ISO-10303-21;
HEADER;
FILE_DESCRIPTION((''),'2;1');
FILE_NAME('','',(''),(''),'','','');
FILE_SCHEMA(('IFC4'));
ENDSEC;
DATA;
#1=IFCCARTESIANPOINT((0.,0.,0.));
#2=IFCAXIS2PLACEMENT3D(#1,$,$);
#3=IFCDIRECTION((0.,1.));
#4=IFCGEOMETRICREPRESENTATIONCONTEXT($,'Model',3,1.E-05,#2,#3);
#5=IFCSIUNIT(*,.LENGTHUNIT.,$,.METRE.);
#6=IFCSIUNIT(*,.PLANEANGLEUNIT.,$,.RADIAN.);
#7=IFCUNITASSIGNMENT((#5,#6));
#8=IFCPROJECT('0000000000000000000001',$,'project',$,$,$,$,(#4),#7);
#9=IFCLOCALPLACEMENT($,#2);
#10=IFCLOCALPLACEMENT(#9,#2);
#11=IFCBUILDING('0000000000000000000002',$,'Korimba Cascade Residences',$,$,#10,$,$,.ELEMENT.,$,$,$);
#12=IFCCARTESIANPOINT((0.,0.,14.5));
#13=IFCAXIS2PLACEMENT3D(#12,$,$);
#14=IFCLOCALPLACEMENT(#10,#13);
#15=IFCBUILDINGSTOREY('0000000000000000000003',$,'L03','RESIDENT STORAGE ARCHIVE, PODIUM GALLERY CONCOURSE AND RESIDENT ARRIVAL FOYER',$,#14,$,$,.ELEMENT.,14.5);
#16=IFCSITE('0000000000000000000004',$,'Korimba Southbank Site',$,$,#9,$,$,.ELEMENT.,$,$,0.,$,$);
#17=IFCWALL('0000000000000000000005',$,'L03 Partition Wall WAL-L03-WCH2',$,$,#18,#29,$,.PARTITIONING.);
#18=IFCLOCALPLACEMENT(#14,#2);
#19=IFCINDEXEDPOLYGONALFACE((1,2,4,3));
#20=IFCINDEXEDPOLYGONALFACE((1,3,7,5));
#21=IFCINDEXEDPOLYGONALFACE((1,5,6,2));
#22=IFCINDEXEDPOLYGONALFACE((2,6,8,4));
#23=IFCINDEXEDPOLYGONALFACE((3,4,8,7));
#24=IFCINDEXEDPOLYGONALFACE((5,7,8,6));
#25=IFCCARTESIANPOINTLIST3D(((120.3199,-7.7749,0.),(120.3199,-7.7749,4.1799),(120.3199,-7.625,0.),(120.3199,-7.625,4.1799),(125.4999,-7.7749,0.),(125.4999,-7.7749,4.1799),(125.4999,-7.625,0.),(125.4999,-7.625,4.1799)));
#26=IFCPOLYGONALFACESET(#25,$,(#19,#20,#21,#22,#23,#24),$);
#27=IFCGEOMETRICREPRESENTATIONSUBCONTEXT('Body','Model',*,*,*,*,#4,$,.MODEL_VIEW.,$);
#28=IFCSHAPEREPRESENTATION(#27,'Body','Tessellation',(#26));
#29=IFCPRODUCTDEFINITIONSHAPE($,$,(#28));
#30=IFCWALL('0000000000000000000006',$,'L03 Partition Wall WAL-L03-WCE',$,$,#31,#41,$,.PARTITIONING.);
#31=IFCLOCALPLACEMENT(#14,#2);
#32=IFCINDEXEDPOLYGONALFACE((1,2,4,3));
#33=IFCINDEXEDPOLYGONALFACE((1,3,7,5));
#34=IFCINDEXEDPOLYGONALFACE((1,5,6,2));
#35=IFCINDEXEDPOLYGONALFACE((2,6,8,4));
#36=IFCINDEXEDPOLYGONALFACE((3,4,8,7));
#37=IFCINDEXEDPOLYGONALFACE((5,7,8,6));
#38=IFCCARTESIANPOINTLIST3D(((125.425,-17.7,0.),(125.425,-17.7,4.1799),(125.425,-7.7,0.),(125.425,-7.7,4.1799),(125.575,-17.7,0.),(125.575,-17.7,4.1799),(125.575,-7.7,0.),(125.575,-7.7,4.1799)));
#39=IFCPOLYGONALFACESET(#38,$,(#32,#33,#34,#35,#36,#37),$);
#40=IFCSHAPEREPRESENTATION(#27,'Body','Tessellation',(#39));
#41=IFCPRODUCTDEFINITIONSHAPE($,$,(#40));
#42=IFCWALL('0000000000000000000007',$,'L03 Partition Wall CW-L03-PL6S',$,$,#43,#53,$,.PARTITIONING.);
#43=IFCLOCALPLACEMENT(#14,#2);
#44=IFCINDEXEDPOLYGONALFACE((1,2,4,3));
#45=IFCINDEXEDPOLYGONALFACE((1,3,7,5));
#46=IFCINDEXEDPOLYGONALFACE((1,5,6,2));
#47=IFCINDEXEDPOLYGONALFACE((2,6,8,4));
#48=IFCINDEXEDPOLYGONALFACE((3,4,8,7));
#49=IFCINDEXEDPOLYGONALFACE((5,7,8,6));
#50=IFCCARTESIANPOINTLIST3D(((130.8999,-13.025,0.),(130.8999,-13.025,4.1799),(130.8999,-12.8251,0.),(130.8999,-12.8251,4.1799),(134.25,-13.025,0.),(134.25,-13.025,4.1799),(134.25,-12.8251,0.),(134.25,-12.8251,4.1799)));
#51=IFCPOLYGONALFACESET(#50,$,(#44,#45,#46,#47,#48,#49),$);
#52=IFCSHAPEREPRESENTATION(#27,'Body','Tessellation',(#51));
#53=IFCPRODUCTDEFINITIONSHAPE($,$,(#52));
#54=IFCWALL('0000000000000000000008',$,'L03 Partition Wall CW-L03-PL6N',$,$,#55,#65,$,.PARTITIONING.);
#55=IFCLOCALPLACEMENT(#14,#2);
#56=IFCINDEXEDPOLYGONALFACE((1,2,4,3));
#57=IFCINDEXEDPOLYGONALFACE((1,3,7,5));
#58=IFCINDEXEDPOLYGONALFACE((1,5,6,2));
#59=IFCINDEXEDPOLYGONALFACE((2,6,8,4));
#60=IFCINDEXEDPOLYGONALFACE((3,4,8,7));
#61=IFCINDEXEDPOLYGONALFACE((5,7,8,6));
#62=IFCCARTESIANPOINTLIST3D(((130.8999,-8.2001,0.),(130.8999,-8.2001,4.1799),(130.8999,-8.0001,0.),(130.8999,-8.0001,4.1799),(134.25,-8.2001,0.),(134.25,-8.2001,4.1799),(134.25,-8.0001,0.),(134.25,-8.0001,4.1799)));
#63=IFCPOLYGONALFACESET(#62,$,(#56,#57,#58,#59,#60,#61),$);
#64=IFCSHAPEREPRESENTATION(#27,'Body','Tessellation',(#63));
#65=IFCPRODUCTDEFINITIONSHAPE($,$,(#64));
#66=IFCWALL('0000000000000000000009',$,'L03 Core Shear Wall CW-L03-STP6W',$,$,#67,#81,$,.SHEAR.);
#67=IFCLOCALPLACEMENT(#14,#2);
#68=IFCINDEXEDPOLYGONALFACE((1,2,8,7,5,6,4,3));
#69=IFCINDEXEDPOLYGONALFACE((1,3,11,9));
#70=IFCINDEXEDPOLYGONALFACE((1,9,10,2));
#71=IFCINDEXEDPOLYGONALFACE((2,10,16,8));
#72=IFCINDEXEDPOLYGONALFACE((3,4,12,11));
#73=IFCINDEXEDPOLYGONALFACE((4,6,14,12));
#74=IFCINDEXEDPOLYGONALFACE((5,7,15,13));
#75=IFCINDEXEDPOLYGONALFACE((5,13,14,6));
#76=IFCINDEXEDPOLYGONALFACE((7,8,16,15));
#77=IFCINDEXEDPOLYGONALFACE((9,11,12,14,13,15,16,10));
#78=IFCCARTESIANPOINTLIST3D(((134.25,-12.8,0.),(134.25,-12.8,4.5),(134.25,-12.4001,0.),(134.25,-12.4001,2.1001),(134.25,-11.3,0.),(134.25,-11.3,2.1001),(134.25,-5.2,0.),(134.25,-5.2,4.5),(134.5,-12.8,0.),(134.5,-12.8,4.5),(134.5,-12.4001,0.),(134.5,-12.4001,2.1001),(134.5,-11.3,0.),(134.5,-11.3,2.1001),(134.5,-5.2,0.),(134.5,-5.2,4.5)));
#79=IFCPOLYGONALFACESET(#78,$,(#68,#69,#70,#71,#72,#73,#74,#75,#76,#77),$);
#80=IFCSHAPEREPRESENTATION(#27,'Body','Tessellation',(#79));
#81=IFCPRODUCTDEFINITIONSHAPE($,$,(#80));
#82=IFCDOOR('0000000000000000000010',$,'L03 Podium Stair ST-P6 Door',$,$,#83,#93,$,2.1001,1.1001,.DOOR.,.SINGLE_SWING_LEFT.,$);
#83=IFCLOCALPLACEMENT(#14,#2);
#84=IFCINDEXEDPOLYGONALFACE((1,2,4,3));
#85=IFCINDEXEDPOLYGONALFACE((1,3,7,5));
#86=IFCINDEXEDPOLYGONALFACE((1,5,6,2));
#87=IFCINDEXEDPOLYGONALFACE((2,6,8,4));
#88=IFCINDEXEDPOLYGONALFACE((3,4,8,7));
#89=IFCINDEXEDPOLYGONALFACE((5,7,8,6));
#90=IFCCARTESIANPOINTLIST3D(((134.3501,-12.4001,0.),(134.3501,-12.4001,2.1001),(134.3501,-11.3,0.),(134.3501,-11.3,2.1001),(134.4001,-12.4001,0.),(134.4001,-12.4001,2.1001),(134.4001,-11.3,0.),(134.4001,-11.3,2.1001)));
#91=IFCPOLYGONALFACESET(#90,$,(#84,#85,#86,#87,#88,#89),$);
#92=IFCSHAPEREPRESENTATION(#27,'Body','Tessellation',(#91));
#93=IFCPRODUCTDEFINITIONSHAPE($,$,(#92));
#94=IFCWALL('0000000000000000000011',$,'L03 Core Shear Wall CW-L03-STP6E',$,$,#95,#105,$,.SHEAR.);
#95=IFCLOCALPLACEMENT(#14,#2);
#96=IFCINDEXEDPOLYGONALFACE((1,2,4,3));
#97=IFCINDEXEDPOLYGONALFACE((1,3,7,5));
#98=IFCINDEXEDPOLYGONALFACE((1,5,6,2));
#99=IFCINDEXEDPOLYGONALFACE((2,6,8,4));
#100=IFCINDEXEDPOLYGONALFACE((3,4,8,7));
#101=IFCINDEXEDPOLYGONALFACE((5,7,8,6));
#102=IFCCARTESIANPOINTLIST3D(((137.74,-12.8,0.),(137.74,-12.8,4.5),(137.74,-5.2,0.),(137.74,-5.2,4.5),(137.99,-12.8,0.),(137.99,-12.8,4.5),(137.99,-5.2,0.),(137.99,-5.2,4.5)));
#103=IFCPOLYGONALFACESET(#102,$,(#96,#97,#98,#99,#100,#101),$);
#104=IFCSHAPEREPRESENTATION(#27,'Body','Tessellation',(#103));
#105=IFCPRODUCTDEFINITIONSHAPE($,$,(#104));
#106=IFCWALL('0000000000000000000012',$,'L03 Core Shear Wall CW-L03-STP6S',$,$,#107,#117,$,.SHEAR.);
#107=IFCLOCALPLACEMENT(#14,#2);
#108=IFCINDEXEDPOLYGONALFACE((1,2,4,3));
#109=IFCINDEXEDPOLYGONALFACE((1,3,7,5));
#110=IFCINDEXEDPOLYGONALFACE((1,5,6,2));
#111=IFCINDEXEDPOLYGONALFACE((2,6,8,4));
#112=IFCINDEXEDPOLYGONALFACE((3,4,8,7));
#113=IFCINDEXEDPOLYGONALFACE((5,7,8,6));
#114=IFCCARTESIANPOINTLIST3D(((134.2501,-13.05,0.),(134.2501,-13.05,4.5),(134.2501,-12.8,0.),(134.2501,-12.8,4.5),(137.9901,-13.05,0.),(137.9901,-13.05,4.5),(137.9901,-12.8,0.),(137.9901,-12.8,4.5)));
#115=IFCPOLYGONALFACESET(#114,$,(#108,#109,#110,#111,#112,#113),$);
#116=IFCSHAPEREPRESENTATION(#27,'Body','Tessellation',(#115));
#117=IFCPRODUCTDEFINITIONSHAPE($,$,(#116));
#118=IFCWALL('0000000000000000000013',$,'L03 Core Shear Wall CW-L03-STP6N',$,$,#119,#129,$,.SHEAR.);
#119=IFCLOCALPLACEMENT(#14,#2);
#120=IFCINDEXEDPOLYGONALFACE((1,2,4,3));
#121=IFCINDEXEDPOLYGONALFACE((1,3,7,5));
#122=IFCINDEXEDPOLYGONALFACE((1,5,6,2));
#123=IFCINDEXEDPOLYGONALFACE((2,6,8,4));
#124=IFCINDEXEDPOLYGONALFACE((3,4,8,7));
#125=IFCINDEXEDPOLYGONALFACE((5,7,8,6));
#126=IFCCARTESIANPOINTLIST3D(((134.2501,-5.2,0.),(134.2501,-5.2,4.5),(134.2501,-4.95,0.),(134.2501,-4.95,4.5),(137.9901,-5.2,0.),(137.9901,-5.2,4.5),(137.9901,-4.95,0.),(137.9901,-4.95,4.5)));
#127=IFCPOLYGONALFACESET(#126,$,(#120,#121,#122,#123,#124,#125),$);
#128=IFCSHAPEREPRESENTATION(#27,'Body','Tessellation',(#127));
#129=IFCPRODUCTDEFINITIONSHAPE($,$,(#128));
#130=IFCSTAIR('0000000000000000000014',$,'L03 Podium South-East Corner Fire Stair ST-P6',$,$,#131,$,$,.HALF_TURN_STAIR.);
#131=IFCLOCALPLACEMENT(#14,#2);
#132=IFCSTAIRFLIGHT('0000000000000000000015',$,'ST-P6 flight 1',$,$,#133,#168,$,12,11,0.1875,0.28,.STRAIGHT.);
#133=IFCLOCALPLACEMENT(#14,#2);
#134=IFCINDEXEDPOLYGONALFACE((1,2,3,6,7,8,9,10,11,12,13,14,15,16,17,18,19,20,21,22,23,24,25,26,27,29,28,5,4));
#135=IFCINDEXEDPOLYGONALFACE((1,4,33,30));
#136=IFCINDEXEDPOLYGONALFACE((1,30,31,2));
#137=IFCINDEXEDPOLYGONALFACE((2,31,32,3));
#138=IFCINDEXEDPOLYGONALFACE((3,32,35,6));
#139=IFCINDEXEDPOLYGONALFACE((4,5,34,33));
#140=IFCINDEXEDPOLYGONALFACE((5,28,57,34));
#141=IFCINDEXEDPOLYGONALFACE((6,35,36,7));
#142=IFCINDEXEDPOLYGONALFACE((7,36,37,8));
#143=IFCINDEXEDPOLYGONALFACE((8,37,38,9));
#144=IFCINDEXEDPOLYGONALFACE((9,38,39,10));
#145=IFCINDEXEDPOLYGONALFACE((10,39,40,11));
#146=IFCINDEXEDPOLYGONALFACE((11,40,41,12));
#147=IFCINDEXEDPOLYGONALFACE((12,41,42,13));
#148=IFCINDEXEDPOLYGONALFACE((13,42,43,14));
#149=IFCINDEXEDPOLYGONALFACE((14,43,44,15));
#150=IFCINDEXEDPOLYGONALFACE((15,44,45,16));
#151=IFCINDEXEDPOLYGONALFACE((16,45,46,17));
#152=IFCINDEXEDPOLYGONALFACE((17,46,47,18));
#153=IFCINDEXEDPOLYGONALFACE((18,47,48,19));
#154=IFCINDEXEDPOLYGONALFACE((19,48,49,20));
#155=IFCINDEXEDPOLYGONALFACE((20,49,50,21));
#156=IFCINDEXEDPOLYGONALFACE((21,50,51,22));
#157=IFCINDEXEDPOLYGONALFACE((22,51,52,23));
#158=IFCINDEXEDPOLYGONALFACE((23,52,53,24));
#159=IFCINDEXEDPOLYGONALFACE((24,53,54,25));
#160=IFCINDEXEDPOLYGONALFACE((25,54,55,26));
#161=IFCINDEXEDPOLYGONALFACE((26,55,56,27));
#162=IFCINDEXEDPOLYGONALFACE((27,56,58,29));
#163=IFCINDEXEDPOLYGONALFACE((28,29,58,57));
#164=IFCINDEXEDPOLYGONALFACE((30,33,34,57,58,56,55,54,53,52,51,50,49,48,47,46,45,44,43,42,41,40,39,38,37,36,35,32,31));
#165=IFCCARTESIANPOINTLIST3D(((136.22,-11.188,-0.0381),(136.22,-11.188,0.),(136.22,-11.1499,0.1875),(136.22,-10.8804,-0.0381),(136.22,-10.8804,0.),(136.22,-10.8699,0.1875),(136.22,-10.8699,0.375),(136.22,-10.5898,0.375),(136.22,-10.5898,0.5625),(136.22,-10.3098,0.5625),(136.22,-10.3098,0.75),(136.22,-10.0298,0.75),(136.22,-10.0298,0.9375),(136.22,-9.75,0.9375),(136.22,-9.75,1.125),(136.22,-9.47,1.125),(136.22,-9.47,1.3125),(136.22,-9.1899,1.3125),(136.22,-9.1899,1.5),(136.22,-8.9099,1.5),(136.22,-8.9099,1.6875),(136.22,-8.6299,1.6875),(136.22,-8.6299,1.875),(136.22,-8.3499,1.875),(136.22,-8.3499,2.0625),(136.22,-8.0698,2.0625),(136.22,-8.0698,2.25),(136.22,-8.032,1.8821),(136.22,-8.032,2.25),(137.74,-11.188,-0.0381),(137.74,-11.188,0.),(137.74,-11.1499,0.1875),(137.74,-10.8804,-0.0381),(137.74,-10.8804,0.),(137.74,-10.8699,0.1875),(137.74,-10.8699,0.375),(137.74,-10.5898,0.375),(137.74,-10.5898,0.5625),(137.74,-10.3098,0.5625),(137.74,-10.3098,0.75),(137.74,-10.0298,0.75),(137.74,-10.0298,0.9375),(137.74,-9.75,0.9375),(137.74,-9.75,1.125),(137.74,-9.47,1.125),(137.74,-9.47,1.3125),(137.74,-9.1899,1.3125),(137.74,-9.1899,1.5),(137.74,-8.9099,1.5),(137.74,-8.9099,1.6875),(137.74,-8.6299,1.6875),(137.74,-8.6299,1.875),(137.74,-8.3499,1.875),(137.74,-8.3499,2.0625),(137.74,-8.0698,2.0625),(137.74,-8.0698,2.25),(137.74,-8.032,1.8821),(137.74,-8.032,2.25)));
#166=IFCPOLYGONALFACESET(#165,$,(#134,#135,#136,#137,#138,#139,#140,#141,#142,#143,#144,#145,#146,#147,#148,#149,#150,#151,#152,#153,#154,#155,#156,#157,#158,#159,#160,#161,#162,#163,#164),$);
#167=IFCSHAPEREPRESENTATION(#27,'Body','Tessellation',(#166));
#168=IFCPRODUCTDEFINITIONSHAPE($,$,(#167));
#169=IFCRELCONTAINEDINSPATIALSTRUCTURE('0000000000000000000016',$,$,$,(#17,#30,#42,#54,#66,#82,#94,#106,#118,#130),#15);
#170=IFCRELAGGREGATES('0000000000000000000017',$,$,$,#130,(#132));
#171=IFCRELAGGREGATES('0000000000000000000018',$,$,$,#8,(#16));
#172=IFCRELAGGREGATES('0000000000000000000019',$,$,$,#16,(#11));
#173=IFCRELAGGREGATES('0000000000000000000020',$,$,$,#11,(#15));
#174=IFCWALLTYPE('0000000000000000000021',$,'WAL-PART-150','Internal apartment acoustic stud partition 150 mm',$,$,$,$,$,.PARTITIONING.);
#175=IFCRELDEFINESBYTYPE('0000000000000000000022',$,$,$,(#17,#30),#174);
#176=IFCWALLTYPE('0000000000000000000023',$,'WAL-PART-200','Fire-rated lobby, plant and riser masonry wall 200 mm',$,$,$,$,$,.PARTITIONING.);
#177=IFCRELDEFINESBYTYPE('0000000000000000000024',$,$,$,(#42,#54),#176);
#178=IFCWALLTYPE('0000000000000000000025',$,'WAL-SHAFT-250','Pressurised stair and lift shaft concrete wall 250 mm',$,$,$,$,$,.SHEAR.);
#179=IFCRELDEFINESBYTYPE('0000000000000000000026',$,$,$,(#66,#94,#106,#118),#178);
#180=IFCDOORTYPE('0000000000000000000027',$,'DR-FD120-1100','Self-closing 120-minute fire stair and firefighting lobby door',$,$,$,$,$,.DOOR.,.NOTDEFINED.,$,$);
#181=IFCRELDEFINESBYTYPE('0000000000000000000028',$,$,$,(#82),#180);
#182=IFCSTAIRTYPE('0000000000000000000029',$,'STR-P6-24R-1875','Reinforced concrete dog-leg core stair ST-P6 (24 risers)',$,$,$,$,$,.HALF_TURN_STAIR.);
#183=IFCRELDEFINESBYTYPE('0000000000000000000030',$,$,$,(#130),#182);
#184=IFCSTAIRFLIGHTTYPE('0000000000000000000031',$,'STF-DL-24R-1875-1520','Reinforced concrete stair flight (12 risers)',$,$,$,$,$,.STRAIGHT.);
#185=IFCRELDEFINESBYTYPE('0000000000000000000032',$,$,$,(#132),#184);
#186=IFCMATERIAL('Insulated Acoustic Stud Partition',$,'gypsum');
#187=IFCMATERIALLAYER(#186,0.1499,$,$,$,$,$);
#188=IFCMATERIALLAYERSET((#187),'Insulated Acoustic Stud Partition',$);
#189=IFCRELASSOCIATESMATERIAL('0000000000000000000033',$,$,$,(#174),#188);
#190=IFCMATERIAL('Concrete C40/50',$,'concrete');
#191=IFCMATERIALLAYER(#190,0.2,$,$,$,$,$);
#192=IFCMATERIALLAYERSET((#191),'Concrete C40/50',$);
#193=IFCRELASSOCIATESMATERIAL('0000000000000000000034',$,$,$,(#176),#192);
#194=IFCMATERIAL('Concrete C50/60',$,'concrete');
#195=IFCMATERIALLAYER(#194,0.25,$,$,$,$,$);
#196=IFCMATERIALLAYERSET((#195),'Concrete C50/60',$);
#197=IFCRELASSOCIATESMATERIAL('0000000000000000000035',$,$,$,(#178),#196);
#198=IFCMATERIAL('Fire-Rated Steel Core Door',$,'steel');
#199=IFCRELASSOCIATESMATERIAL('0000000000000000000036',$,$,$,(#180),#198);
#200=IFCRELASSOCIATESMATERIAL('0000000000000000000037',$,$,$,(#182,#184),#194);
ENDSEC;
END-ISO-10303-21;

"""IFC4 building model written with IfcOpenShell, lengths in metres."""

from ifc_helpers import new_model, si_unit, direction, frame, frame_2d, origin, place, context, subcontext, project, spatial, polyline, rectangle, outline, extrude, material, layer, layer_set, type_object, element, fill, aggregate, save


model = new_model("IFC4")

# Units and contexts
model_context = context("Model", 3, precision=1e-05, world=origin(), true_north=direction((0.0, 1.0)))
body_context = subcontext(model_context, "Body", "Model", "MODEL_VIEW")
ifc_project = project(units=[si_unit("LENGTHUNIT", "METRE"), si_unit("PLANEANGLEUNIT", "RADIAN")], contexts=[model_context])

# Site, building, storey
site_placement = place(None, origin())
site = spatial("IfcSite", under=ifc_project, at=site_placement, Name="Korimba Southbank Site", CompositionType="ELEMENT", RefElevation=0.0)
building_placement = place(site_placement, origin())
building = spatial("IfcBuilding", under=site, at=building_placement, Name="Korimba Cascade Residences", CompositionType="ELEMENT")
storey_placement = place(building_placement, frame((0.0, 0.0, 14.5)))
storey = spatial("IfcBuildingStorey", under=building, at=storey_placement, Name="L03", Description="RESIDENT STORAGE ARCHIVE, PODIUM GALLERY CONCOURSE AND RESIDENT ARRIVAL FOYER", CompositionType="ELEMENT", Elevation=14.5)

# Shared definitions
ifc_material_1 = material(Name="Concrete C50/60", Category="concrete")

# Walls
ifc_material_2 = material(Name="Insulated Acoustic Stud Partition", Category="gypsum")
ifc_layer_1 = layer(ifc_material_2, 0.1499)
ifc_layer_set_1 = layer_set([ifc_layer_1], Name="Insulated Acoustic Stud Partition")
wall_type_1 = type_object("IfcWallType", Name="WAL-PART-150", Description="Internal apartment acoustic stud partition 150 mm", PredefinedType="PARTITIONING", material=ifc_layer_set_1)
for number, where, z_axis, x_axis, name in (
    (1, (120.3201, -7.7, 0.0), (0.0, 0.0, 1.0), (1.0, 0.0, 0.0), "L03 Partition Wall WAL-L03-WCH2"),
):
    element("IfcWall", number, at=place(storey_placement, frame(where, z_axis=z_axis, x_axis=x_axis)), inside=storey, type_object=wall_type_1, Name=name, PredefinedType="PARTITIONING", context=body_context, shape_type="SweptSolid", body=[
        extrude(rectangle(XDim=5.1799, YDim=0.1499, at=frame_2d((2.5898, 0.0))), origin(), (0.0, 0.0, 1.0), 4.1799),
    ])
wall_1_placement = place(storey_placement, frame((125.5, -17.7, 0.0), z_axis=(0.0, 0.0, 1.0), x_axis=(0.0, 1.0, 0.0)))
element("IfcWall", 2, at=wall_1_placement, inside=storey, type_object=wall_type_1, Name="L03 Partition Wall WAL-L03-WCE", PredefinedType="PARTITIONING", context=body_context, shape_type="SweptSolid", body=[
    extrude(rectangle(XDim=10.0, YDim=0.1499, at=frame_2d((5.0, 0.0))), origin(), (0.0, 0.0, 1.0), 4.1799),
])

# Shared definitions
ifc_material_3 = material(Name="Concrete C40/50", Category="concrete")
ifc_layer_2 = layer(ifc_material_3, 0.2)
ifc_layer_set_2 = layer_set([ifc_layer_2], Name="Concrete C40/50")
wall_type_2 = type_object("IfcWallType", Name="WAL-PART-200", Description="Fire-rated lobby, plant and riser masonry wall 200 mm", PredefinedType="PARTITIONING", material=ifc_layer_set_2)

# Walls
for number, where, z_axis, x_axis, name in (
    (3, (130.8999, -12.925, 0.0), (0.0, 0.0, 1.0), (1.0, 0.0, 0.0), "L03 Partition Wall CW-L03-PL6S"),
    (4, (130.8999, -8.1001, 0.0), (0.0, 0.0, 1.0), (1.0, 0.0, 0.0), "L03 Partition Wall CW-L03-PL6N"),
):
    element("IfcWall", number, at=place(storey_placement, frame(where, z_axis=z_axis, x_axis=x_axis)), inside=storey, type_object=wall_type_2, Name=name, PredefinedType="PARTITIONING", context=body_context, shape_type="SweptSolid", body=[
        extrude(rectangle(XDim=3.3501, YDim=0.2, at=frame_2d((1.675, 0.0))), origin(), (0.0, 0.0, 1.0), 4.1799),
    ])

# Wall, opening, door
ifc_layer_3 = layer(ifc_material_1, 0.25)
ifc_layer_set_3 = layer_set([ifc_layer_3], Name="Concrete C50/60")
wall_type_3 = type_object("IfcWallType", Name="WAL-SHAFT-250", Description="Pressurised stair and lift shaft concrete wall 250 mm", PredefinedType="SHEAR", material=ifc_layer_set_3)
wall_2_placement = place(storey_placement, frame((134.375, -12.8, 0.0), z_axis=(0.0, 0.0, 1.0), x_axis=(0.0, 1.0, 0.0)))
wall_2 = element("IfcWall", 5, at=wall_2_placement, inside=storey, type_object=wall_type_3, Name="L03 Core Shear Wall CW-L03-STP6W", PredefinedType="SHEAR", context=body_context, shape_type="SweptSolid", body=[
    extrude(rectangle(XDim=7.6001, YDim=0.25, at=frame_2d((3.8, 0.0))), origin(), (0.0, 0.0, 1.0), 4.5),
])
opening_1_placement = place(wall_2_placement, frame((0.3999, 0.0, 0.0)))
opening_1 = element("IfcOpeningElement", 6, at=opening_1_placement, cuts=wall_2, PredefinedType="OPENING", context=body_context, shape_type="SweptSolid", body=[
    extrude(rectangle(XDim=1.1001, YDim=2.1001, at=frame_2d((0.55, 1.05))), frame((0.0, 0.135, 0.0), z_axis=(0.0, -1.0, 0.0), x_axis=(1.0, 0.0, 0.0)), (0.0, 0.0, 1.0), 0.27),
])
ifc_material_4 = material(Name="Fire-Rated Steel Core Door", Category="steel")
door_type_1 = type_object("IfcDoorType", Name="DR-FD120-1100", Description="Self-closing 120-minute fire stair and firefighting lobby door", OperationType="NOTDEFINED", PredefinedType="DOOR", material=ifc_material_4)
door_1_placement = place(opening_1_placement, origin())
door_1 = element("IfcDoor", 7, at=door_1_placement, inside=storey, type_object=door_type_1, Name="L03 Podium Stair ST-P6 Door", OperationType="SINGLE_SWING_LEFT", OverallHeight=2.1001, OverallWidth=1.1001, PredefinedType="DOOR", context=body_context, shape_type="SweptSolid", body=[
    extrude(rectangle(XDim=1.1001, YDim=2.1001, at=frame_2d((0.55, 1.05))), frame((0.0, 0.0249, 0.0), z_axis=(0.0, -1.0, 0.0), x_axis=(1.0, 0.0, 0.0)), (0.0, 0.0, 1.0), 0.05),
])
fill(opening_1, door_1)

# Walls
wall_3_placement = place(storey_placement, frame((137.865, -12.8, 0.0), z_axis=(0.0, 0.0, 1.0), x_axis=(0.0, 1.0, 0.0)))
element("IfcWall", 8, at=wall_3_placement, inside=storey, type_object=wall_type_3, Name="L03 Core Shear Wall CW-L03-STP6E", PredefinedType="SHEAR", context=body_context, shape_type="SweptSolid", body=[
    extrude(rectangle(XDim=7.6001, YDim=0.25, at=frame_2d((3.8, 0.0))), origin(), (0.0, 0.0, 1.0), 4.5),
])
for number, where, z_axis, x_axis, name in (
    (9, (134.25, -12.925, 0.0), (0.0, 0.0, 1.0), (1.0, 0.0, 0.0), "L03 Core Shear Wall CW-L03-STP6S"),
    (10, (134.25, -5.075, 0.0), (0.0, 0.0, 1.0), (1.0, 0.0, 0.0), "L03 Core Shear Wall CW-L03-STP6N"),
):
    element("IfcWall", number, at=place(storey_placement, frame(where, z_axis=z_axis, x_axis=x_axis)), inside=storey, type_object=wall_type_3, Name=name, PredefinedType="SHEAR", context=body_context, shape_type="SweptSolid", body=[
        extrude(rectangle(XDim=3.74, YDim=0.25, at=frame_2d((1.8701, 0.0))), origin(), (0.0, 0.0, 1.0), 4.5),
    ])

# Stair, stair flight
stair_type = type_object("IfcStairType", Name="STR-P6-24R-1875", Description="Reinforced concrete dog-leg core stair ST-P6 (24 risers)", PredefinedType="HALF_TURN_STAIR", material=ifc_material_1)
stair_placement = place(storey_placement, origin())
stair = element("IfcStair", 11, at=stair_placement, inside=storey, type_object=stair_type, Name="L03 Podium South-East Corner Fire Stair ST-P6", PredefinedType="HALF_TURN_STAIR")
stair_flight_type = type_object("IfcStairFlightType", Name="STF-DL-24R-1875-1520", Description="Reinforced concrete stair flight (12 risers)", PredefinedType="STRAIGHT", material=ifc_material_1)
stair_flight_1_placement = place(storey_placement, frame((136.98, -11.1499, 0.0), z_axis=(0.0, 0.0, 1.0), x_axis=(0.0, 1.0, 0.0)))
stair_flight_1 = element("IfcStairFlight", 12, at=stair_flight_1_placement, type_object=stair_flight_type, Name="ST-P6 flight 1", NumberOfRisers=12, NumberOfTreads=11, PredefinedType="STRAIGHT", RiserHeight=0.1875, TreadLength=0.28, context=body_context, shape_type="SweptSolid", body=[
    extrude(outline(polyline([(-0.0381, 0.0), (0.0, 0.1875), (0.28, 0.1875), (0.28, 0.375), (0.5601, 0.375), (0.5601, 0.5625), (0.8401, 0.5625), (0.8401, 0.75), (1.1201, 0.75), (1.1201, 0.9375), (1.3999, 0.9375), (1.3999, 1.125), (1.6799, 1.125), (1.6799, 1.3125), (1.96, 1.3125), (1.96, 1.5), (2.24, 1.5), (2.24, 1.6875), (2.52, 1.6875), (2.52, 1.875), (2.8, 1.875), (2.8, 2.0625), (3.0801, 2.0625), (3.0801, 2.25), (3.1179, 2.25), (3.1179, 1.8821), (0.2695, 0.0), (0.2695, -0.0381), (-0.0381, -0.0381), (-0.0381, 0.0)])), frame((0.0, 0.76, 0.0), z_axis=(0.0, -1.0, 0.0), x_axis=(1.0, 0.0, 0.0)), (0.0, 0.0, 1.0), 1.52),
])
aggregate(stair, [stair_flight_1])

save(model, "model.ifc")
